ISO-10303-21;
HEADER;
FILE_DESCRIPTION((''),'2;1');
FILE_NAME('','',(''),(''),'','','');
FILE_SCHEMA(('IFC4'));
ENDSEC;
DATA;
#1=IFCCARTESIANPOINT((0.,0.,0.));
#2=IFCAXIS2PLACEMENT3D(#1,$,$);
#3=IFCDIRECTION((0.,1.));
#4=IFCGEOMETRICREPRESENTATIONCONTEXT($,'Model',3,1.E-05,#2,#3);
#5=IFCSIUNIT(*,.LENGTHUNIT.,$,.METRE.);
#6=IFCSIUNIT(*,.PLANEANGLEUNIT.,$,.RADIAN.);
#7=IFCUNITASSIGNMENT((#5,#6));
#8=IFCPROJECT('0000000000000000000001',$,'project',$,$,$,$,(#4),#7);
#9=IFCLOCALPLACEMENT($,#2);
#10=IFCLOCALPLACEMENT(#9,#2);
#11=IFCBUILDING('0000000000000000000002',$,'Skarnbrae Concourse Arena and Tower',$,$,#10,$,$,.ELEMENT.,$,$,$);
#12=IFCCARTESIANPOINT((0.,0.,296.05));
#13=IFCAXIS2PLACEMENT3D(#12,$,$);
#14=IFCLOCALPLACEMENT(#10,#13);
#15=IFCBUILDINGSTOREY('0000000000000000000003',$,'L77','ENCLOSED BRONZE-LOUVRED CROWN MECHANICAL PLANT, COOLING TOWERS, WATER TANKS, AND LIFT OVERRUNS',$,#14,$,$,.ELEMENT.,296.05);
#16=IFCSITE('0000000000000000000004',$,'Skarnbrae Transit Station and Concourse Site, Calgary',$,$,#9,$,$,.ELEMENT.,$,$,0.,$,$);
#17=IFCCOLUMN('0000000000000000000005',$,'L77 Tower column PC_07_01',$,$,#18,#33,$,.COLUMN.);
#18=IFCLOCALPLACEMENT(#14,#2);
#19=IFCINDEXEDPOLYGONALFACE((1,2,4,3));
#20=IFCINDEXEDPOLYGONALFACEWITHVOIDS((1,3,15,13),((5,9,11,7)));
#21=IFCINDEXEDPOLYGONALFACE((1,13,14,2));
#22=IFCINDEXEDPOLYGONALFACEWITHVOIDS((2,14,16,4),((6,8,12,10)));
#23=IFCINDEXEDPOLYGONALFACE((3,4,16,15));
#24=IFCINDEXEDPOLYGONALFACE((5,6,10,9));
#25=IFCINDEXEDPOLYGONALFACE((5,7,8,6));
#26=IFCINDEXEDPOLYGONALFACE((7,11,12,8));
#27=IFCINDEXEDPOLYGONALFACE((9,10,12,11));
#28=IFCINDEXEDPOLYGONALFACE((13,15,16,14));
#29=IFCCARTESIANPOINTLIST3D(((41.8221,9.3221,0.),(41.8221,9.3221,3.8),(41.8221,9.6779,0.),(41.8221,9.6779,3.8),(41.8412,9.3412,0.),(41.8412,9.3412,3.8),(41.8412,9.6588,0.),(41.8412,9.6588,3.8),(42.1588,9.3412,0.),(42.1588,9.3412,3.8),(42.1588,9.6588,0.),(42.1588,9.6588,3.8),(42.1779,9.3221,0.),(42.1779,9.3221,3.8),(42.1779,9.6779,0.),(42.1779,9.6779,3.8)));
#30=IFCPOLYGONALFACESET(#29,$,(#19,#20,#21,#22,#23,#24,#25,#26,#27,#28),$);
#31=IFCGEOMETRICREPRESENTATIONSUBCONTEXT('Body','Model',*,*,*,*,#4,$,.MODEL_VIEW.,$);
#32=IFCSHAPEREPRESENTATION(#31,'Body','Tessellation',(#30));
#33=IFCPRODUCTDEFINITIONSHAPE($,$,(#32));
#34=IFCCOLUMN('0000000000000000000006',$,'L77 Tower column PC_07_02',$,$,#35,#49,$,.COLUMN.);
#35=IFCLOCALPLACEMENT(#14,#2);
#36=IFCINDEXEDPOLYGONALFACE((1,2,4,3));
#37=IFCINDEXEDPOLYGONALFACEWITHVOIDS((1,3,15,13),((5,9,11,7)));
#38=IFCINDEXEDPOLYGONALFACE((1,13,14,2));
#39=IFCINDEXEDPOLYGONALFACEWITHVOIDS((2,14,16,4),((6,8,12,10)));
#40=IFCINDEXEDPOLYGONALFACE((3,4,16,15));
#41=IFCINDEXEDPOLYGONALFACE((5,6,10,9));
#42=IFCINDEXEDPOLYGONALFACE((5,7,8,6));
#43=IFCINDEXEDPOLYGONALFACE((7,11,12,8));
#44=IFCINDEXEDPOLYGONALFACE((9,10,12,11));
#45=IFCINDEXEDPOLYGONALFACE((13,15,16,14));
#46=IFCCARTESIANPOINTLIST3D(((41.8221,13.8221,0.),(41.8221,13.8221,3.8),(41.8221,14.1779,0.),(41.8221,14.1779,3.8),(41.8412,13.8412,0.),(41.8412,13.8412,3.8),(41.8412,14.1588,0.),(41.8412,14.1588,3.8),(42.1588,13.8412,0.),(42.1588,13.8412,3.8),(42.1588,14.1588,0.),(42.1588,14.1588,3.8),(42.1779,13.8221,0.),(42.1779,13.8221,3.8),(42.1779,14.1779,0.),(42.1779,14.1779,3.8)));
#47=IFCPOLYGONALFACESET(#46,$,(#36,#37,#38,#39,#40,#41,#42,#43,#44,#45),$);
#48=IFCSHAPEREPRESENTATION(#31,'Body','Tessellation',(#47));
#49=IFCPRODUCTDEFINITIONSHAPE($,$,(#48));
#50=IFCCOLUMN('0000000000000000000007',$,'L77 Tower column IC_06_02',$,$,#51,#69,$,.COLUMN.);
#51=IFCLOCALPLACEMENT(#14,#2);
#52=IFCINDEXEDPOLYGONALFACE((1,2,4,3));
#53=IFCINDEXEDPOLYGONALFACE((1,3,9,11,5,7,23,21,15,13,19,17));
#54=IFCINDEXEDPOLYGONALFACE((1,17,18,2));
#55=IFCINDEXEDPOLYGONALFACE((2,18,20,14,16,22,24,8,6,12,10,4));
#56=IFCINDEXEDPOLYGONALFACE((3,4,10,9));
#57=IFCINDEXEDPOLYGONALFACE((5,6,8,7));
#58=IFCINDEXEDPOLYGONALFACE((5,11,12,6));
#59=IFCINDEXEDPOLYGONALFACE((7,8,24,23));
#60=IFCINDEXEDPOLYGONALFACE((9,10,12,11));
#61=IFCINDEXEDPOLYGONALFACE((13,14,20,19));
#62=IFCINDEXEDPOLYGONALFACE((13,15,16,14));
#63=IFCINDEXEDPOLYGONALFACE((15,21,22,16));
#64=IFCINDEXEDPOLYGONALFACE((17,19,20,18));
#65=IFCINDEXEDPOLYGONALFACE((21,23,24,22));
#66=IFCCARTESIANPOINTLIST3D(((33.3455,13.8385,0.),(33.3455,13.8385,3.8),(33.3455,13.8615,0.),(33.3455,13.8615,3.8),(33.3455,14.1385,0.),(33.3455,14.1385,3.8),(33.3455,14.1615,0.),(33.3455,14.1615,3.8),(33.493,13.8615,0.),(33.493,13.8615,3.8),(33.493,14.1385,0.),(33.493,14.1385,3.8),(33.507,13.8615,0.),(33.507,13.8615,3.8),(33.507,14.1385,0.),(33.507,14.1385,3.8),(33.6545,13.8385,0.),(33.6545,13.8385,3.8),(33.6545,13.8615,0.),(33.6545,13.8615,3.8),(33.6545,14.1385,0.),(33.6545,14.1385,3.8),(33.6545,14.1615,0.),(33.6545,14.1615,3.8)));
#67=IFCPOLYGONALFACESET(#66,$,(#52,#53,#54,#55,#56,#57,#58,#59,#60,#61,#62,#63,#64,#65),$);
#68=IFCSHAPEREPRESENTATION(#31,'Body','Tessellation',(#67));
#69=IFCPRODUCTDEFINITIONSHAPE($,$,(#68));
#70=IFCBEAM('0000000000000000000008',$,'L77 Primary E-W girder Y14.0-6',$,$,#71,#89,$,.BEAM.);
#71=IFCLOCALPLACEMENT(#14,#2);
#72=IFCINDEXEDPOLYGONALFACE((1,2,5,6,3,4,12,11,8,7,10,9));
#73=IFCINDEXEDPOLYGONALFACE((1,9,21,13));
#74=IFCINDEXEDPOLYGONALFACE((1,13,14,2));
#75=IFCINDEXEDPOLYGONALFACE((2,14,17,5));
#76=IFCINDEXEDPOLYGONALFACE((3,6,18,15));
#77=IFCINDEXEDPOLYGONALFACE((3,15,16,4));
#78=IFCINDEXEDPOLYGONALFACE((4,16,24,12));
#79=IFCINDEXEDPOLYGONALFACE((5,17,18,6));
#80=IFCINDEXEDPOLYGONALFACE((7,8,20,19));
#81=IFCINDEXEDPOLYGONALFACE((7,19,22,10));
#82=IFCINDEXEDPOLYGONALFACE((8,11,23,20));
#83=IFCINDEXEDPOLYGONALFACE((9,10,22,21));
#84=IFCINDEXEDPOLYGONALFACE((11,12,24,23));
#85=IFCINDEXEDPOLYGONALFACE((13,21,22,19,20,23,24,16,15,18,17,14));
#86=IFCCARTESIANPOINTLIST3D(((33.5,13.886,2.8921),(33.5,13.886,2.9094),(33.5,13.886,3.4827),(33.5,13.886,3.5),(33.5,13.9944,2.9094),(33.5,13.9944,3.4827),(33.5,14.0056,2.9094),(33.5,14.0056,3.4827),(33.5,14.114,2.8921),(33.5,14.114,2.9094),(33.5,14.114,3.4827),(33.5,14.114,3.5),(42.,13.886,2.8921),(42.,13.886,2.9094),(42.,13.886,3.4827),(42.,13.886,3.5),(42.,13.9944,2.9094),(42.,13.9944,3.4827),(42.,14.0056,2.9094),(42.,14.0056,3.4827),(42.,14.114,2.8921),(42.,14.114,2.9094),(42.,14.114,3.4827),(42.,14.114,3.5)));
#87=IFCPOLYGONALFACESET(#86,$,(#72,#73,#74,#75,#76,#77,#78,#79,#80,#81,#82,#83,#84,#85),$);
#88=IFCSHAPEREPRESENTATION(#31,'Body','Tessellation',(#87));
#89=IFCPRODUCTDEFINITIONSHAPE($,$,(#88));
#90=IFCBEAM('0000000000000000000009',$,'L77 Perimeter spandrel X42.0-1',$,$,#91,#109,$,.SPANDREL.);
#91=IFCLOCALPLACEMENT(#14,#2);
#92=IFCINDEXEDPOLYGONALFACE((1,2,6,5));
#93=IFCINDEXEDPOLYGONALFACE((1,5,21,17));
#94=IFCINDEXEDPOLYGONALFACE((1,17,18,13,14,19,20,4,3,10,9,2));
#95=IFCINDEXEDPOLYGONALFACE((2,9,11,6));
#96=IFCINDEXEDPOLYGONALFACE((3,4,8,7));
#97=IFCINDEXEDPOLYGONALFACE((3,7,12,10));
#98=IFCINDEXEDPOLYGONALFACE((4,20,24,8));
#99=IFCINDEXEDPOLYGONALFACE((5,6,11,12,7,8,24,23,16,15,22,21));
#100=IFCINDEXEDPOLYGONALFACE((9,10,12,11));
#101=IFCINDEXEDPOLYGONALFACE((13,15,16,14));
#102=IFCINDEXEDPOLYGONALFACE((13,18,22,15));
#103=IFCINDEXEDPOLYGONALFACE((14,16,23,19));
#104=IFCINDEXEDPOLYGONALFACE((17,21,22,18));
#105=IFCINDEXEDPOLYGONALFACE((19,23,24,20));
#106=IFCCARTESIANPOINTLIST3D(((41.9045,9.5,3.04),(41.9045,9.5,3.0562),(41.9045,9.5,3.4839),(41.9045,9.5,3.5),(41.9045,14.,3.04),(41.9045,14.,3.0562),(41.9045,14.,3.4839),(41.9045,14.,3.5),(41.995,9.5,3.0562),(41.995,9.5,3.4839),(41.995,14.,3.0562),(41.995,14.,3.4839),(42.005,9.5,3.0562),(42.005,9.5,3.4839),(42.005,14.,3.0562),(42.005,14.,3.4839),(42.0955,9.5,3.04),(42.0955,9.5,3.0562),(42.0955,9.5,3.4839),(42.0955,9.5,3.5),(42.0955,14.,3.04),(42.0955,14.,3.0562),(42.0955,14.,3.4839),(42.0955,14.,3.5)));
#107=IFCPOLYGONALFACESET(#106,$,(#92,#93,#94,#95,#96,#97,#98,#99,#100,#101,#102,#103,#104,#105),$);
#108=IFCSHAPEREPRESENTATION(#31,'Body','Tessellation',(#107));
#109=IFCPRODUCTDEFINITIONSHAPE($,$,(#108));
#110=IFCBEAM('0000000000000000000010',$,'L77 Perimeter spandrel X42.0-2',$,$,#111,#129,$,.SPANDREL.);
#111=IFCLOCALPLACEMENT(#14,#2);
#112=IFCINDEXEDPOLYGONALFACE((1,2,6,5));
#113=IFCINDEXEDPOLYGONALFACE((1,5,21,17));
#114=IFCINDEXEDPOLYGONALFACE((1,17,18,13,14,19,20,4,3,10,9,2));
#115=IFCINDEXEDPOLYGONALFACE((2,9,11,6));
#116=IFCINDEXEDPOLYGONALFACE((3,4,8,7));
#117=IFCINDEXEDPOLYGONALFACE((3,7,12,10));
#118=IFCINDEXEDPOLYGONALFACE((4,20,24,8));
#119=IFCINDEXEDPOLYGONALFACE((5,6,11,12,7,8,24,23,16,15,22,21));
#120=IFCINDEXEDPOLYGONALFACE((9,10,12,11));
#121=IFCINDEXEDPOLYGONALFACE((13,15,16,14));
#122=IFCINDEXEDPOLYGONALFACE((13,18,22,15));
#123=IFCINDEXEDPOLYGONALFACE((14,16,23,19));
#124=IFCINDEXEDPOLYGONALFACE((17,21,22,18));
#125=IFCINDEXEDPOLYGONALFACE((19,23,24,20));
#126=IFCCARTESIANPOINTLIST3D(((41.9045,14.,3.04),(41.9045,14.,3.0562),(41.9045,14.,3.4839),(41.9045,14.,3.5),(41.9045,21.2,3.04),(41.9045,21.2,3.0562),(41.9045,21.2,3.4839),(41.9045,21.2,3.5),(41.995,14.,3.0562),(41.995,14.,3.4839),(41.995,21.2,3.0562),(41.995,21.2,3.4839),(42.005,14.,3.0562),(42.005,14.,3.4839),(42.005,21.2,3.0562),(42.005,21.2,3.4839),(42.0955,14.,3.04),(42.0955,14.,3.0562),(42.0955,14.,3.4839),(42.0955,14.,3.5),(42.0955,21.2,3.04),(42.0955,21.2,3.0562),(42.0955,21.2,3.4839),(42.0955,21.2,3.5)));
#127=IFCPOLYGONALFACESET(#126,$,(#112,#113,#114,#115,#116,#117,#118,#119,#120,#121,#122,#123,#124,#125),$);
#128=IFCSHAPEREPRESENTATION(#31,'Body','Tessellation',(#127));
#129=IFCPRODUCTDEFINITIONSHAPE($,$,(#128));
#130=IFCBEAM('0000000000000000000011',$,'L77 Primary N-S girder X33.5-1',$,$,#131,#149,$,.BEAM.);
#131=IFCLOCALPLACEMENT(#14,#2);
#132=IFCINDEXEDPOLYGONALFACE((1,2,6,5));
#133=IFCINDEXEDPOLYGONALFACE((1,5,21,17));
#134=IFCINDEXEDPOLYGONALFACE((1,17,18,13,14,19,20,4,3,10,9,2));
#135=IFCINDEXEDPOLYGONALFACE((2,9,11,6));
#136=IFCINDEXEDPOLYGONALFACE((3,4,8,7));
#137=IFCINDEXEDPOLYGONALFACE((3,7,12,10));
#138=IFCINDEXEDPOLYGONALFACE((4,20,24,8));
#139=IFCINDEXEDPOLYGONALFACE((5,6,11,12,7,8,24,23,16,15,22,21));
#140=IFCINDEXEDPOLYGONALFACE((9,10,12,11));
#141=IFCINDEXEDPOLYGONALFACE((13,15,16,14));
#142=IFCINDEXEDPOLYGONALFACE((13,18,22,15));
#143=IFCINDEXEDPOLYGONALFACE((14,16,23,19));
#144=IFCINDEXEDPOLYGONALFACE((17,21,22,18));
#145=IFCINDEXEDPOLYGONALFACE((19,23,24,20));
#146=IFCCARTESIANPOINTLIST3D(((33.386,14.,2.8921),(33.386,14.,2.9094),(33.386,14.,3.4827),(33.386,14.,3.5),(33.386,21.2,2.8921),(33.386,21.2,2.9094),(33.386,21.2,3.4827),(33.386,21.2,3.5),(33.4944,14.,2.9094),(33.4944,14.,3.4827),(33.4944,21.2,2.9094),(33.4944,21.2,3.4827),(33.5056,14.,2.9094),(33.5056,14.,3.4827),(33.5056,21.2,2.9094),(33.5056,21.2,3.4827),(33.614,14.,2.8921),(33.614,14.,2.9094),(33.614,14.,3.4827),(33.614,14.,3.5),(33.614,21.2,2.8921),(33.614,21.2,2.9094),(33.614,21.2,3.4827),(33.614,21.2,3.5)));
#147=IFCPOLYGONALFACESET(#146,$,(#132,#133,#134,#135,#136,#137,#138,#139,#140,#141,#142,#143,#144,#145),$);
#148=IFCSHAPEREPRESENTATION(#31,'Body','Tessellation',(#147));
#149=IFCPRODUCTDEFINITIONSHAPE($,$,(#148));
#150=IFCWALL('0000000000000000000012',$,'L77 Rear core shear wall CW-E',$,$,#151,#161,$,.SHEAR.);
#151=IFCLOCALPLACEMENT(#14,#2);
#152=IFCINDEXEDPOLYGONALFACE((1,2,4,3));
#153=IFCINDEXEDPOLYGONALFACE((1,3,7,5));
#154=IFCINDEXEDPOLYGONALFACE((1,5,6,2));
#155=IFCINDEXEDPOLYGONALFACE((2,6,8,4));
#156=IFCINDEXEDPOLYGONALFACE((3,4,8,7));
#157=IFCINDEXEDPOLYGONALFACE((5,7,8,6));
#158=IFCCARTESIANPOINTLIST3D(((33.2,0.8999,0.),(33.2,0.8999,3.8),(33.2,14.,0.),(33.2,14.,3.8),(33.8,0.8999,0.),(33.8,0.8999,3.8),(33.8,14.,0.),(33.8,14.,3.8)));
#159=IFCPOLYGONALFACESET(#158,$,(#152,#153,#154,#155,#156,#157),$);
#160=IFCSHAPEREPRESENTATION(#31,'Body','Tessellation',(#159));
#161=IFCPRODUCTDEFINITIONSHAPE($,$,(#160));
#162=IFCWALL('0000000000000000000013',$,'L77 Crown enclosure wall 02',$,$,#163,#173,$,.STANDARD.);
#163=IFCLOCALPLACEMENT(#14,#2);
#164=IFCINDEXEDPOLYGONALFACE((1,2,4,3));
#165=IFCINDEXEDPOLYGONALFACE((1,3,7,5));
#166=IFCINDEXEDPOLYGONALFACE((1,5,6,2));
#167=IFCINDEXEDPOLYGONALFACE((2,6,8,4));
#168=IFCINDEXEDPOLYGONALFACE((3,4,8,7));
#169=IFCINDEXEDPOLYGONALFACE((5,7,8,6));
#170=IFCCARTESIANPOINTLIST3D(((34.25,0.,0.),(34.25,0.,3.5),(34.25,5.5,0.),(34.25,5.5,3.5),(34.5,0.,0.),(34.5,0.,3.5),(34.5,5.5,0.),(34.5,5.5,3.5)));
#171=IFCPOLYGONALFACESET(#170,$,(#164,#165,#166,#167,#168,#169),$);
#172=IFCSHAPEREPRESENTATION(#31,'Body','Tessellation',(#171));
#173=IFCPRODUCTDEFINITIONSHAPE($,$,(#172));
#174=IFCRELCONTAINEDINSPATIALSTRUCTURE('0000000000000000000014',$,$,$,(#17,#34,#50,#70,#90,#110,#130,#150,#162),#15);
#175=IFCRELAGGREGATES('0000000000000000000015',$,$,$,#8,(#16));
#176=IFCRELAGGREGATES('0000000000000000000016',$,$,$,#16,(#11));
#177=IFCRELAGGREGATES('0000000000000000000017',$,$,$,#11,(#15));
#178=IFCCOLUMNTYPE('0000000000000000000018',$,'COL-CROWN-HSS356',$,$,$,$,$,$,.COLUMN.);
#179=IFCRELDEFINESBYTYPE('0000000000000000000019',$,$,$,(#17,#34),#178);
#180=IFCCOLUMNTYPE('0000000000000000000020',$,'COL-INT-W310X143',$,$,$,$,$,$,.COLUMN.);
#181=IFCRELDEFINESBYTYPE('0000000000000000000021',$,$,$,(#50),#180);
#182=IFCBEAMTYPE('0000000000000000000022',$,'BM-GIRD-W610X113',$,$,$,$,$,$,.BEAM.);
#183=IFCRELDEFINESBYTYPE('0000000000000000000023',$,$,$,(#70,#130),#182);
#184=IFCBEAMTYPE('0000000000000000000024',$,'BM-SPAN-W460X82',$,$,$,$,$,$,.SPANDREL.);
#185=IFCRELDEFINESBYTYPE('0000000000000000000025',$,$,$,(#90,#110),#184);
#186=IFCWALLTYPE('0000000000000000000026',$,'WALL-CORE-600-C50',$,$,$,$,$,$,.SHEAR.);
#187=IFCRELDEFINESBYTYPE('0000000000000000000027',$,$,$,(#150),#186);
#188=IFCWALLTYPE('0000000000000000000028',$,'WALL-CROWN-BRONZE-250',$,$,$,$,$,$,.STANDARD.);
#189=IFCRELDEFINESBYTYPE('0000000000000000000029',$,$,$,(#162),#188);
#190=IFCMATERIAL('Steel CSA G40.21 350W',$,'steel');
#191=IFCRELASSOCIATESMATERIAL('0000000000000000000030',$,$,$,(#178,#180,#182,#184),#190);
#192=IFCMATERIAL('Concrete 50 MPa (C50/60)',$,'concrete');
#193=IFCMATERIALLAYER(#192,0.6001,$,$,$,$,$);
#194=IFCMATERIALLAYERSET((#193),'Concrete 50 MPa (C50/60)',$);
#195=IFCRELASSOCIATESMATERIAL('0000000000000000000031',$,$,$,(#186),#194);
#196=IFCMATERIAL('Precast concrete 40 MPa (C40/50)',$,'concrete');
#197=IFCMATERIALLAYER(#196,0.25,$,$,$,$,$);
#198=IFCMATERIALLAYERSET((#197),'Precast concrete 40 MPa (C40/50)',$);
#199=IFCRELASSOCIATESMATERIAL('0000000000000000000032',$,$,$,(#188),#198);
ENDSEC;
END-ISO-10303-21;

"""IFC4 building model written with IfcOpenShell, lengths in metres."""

from ifc_helpers import new_model, si_unit, direction, frame, frame_2d, origin, origin_2d, place, context, subcontext, project, spatial, rectangle, hollow_rectangle, i_section, extrude, source, transform, mapped, material, layer, layer_set, material_profile, profile_set, type_object, element, save


model = new_model("IFC4")

# Units and contexts
model_context = context("Model", 3, precision=1e-05, world=origin(), true_north=direction((0.0, 1.0)))
body_context = subcontext(model_context, "Body", "Model", "MODEL_VIEW")
ifc_project = project(units=[si_unit("LENGTHUNIT", "METRE"), si_unit("PLANEANGLEUNIT", "RADIAN")], contexts=[model_context])

# Site, building, storey
site_placement = place(None, origin())
site = spatial("IfcSite", under=ifc_project, at=site_placement, Name="Skarnbrae Transit Station and Concourse Site, Calgary", CompositionType="ELEMENT", RefElevation=0.0)
building_placement = place(site_placement, origin())
building = spatial("IfcBuilding", under=site, at=building_placement, Name="Skarnbrae Concourse Arena and Tower", CompositionType="ELEMENT")
storey_placement = place(building_placement, frame((0.0, 0.0, 296.05)))
storey = spatial("IfcBuildingStorey", under=building, at=storey_placement, Name="L77", Description="ENCLOSED BRONZE-LOUVRED CROWN MECHANICAL PLANT, COOLING TOWERS, WATER TANKS, AND LIFT OVERRUNS", CompositionType="ELEMENT", Elevation=296.05)

# Columns
ifc_material_1 = material(Name="Steel CSA G40.21 350W", Category="steel")
ifc_material_profile_1 = material_profile(ifc_material_1, hollow_rectangle(XDim=0.3557, YDim=0.3557, WallThickness=0.019, at=origin_2d()), Name="HSS356X356X19.0")
ifc_profile_set_1 = profile_set([ifc_material_profile_1], Name="Steel CSA G40.21 350W")
column_type_1 = type_object("IfcColumnType", Name="COL-CROWN-HSS356", PredefinedType="COLUMN", material=ifc_profile_set_1)
shared_shape_1 = source(origin(), body_context, "Body", "SweptSolid", [
    extrude(hollow_rectangle(XDim=0.3557, YDim=0.3557, WallThickness=0.019, at=origin_2d()), origin(), (0.0, 0.0, 1.0), 3.8),
])
for number, where, z_axis, x_axis, name in (
    (1, (42.0, 9.5, 0.0), (0.0, 0.0, 1.0), (1.0, 0.0, 0.0), "L77 Tower column PC_07_01"),
    (2, (42.0, 14.0, 0.0), (0.0, 0.0, 1.0), (1.0, 0.0, 0.0), "L77 Tower column PC_07_02"),
):
    element("IfcColumn", number, at=place(storey_placement, frame(where, z_axis=z_axis, x_axis=x_axis)), inside=storey, type_object=column_type_1, Name=name, PredefinedType="COLUMN", context=body_context, shape_type="MappedRepresentation", body=[
        mapped(shared_shape_1, transform((0.0, 0.0, 0.0))),
    ])
ifc_material_profile_2 = material_profile(ifc_material_1, i_section(OverallWidth=0.3091, OverallDepth=0.323, WebThickness=0.0139, FlangeThickness=0.0229, at=origin_2d()), Name="W310X143")
ifc_profile_set_2 = profile_set([ifc_material_profile_2], Name="Steel CSA G40.21 350W")
column_type_2 = type_object("IfcColumnType", Name="COL-INT-W310X143", PredefinedType="COLUMN", material=ifc_profile_set_2)
shared_shape_2 = source(origin(), body_context, "Body", "SweptSolid", [
    extrude(i_section(OverallWidth=0.3091, OverallDepth=0.323, WebThickness=0.0139, FlangeThickness=0.0229, at=origin_2d()), origin(), (0.0, 0.0, 1.0), 3.8),
])
column_placement = place(storey_placement, frame((33.5, 14.0, 0.0), z_axis=(0.0, 0.0, 1.0), x_axis=(1.0, 0.0, 0.0)))
element("IfcColumn", 3, at=column_placement, inside=storey, type_object=column_type_2, Name="L77 Tower column IC_06_02", PredefinedType="COLUMN", context=body_context, shape_type="MappedRepresentation", body=[
    mapped(shared_shape_2, transform((0.0, 0.0, 0.0))),
])

# Beams
ifc_material_profile_3 = material_profile(ifc_material_1, i_section(OverallWidth=0.228, OverallDepth=0.6079, WebThickness=0.0112, FlangeThickness=0.0173, at=origin_2d()), Name="W610X113")
ifc_profile_set_3 = profile_set([ifc_material_profile_3], Name="Steel CSA G40.21 350W")
beam_type_1 = type_object("IfcBeamType", Name="BM-GIRD-W610X113", PredefinedType="BEAM", material=ifc_profile_set_3)
shared_shape_3 = source(origin(), body_context, "Body", "SweptSolid", [
    extrude(i_section(OverallWidth=0.228, OverallDepth=0.6079, WebThickness=0.0112, FlangeThickness=0.0173, at=origin_2d()), origin(), (0.0, 0.0, 1.0), 8.5),
])
beam_1_placement = place(storey_placement, frame((33.5, 14.0, 3.196), z_axis=(1.0, 0.0, 0.0), x_axis=(0.0, 1.0, 0.0)))
element("IfcBeam", 4, at=beam_1_placement, inside=storey, type_object=beam_type_1, Name="L77 Primary E-W girder Y14.0-6", PredefinedType="BEAM", context=body_context, shape_type="MappedRepresentation", body=[
    mapped(shared_shape_3, transform((0.0, 0.0, 0.0))),
])
ifc_material_profile_4 = material_profile(ifc_material_1, i_section(OverallWidth=0.1909, OverallDepth=0.46, WebThickness=0.01, FlangeThickness=0.0161, at=origin_2d()), Name="W460X82")
ifc_profile_set_4 = profile_set([ifc_material_profile_4], Name="Steel CSA G40.21 350W")
beam_type_2 = type_object("IfcBeamType", Name="BM-SPAN-W460X82", PredefinedType="SPANDREL", material=ifc_profile_set_4)
shared_shape_4 = source(origin(), body_context, "Body", "SweptSolid", [
    extrude(i_section(OverallWidth=0.1909, OverallDepth=0.46, WebThickness=0.01, FlangeThickness=0.0161, at=origin_2d()), origin(), (0.0, 0.0, 1.0), 4.5),
])
beam_2_placement = place(storey_placement, frame((42.0, 9.5, 3.27), z_axis=(0.0, 1.0, 0.0), x_axis=(-1.0, 0.0, 0.0)))
element("IfcBeam", 5, at=beam_2_placement, inside=storey, type_object=beam_type_2, Name="L77 Perimeter spandrel X42.0-1", PredefinedType="SPANDREL", context=body_context, shape_type="MappedRepresentation", body=[
    mapped(shared_shape_4, transform((0.0, 0.0, 0.0))),
])
shared_shape_5 = source(origin(), body_context, "Body", "SweptSolid", [
    extrude(i_section(OverallWidth=0.1909, OverallDepth=0.46, WebThickness=0.01, FlangeThickness=0.0161, at=origin_2d()), origin(), (0.0, 0.0, 1.0), 7.2),
])
beam_3_placement = place(storey_placement, frame((42.0, 14.0, 3.27), z_axis=(0.0, 1.0, 0.0), x_axis=(-1.0, 0.0, 0.0)))
element("IfcBeam", 6, at=beam_3_placement, inside=storey, type_object=beam_type_2, Name="L77 Perimeter spandrel X42.0-2", PredefinedType="SPANDREL", context=body_context, shape_type="MappedRepresentation", body=[
    mapped(shared_shape_5, transform((0.0, 0.0, 0.0))),
])
shared_shape_6 = source(origin(), body_context, "Body", "SweptSolid", [
    extrude(i_section(OverallWidth=0.228, OverallDepth=0.6079, WebThickness=0.0112, FlangeThickness=0.0173, at=origin_2d()), origin(), (0.0, 0.0, 1.0), 7.2),
])
beam_4_placement = place(storey_placement, frame((33.5, 14.0, 3.196), z_axis=(0.0, 1.0, 0.0), x_axis=(-1.0, 0.0, 0.0)))
element("IfcBeam", 7, at=beam_4_placement, inside=storey, type_object=beam_type_1, Name="L77 Primary N-S girder X33.5-1", PredefinedType="BEAM", context=body_context, shape_type="MappedRepresentation", body=[
    mapped(shared_shape_6, transform((0.0, 0.0, 0.0))),
])

# Walls
ifc_material_2 = material(Name="Concrete 50 MPa (C50/60)", Category="concrete")
ifc_layer_1 = layer(ifc_material_2, 0.6001)
ifc_layer_set_1 = layer_set([ifc_layer_1], Name="Concrete 50 MPa (C50/60)")
wall_type_1 = type_object("IfcWallType", Name="WALL-CORE-600-C50", PredefinedType="SHEAR", material=ifc_layer_set_1)
shared_shape_7 = source(origin(), body_context, "Body", "SweptSolid", [
    extrude(rectangle(XDim=13.1001, YDim=0.6001, at=frame_2d((6.55, 0.0))), origin(), (0.0, 0.0, 1.0), 3.8),
])
wall_1_placement = place(storey_placement, frame((33.5, 0.8999, 0.0), z_axis=(0.0, 0.0, 1.0), x_axis=(0.0, 1.0, 0.0)))
element("IfcWall", 8, at=wall_1_placement, inside=storey, type_object=wall_type_1, Name="L77 Rear core shear wall CW-E", PredefinedType="SHEAR", context=body_context, shape_type="MappedRepresentation", body=[
    mapped(shared_shape_7, transform((0.0, 0.0, 0.0))),
])
ifc_material_3 = material(Name="Precast concrete 40 MPa (C40/50)", Category="concrete")
ifc_layer_2 = layer(ifc_material_3, 0.25)
ifc_layer_set_2 = layer_set([ifc_layer_2], Name="Precast concrete 40 MPa (C40/50)")
wall_type_2 = type_object("IfcWallType", Name="WALL-CROWN-BRONZE-250", PredefinedType="STANDARD", material=ifc_layer_set_2)
shared_shape_8 = source(origin(), body_context, "Body", "SweptSolid", [
    extrude(rectangle(XDim=5.5, YDim=0.25, at=frame_2d((2.75, 0.0))), origin(), (0.0, 0.0, 1.0), 3.5),
])
wall_2_placement = place(storey_placement, frame((34.375, 0.0, 0.0), z_axis=(0.0, 0.0, 1.0), x_axis=(0.0, 1.0, 0.0)))
element("IfcWall", 9, at=wall_2_placement, inside=storey, type_object=wall_type_2, Name="L77 Crown enclosure wall 02", PredefinedType="STANDARD", context=body_context, shape_type="MappedRepresentation", body=[
    mapped(shared_shape_8, transform((0.0, 0.0, 0.0))),
])

save(model, "model.ifc")
